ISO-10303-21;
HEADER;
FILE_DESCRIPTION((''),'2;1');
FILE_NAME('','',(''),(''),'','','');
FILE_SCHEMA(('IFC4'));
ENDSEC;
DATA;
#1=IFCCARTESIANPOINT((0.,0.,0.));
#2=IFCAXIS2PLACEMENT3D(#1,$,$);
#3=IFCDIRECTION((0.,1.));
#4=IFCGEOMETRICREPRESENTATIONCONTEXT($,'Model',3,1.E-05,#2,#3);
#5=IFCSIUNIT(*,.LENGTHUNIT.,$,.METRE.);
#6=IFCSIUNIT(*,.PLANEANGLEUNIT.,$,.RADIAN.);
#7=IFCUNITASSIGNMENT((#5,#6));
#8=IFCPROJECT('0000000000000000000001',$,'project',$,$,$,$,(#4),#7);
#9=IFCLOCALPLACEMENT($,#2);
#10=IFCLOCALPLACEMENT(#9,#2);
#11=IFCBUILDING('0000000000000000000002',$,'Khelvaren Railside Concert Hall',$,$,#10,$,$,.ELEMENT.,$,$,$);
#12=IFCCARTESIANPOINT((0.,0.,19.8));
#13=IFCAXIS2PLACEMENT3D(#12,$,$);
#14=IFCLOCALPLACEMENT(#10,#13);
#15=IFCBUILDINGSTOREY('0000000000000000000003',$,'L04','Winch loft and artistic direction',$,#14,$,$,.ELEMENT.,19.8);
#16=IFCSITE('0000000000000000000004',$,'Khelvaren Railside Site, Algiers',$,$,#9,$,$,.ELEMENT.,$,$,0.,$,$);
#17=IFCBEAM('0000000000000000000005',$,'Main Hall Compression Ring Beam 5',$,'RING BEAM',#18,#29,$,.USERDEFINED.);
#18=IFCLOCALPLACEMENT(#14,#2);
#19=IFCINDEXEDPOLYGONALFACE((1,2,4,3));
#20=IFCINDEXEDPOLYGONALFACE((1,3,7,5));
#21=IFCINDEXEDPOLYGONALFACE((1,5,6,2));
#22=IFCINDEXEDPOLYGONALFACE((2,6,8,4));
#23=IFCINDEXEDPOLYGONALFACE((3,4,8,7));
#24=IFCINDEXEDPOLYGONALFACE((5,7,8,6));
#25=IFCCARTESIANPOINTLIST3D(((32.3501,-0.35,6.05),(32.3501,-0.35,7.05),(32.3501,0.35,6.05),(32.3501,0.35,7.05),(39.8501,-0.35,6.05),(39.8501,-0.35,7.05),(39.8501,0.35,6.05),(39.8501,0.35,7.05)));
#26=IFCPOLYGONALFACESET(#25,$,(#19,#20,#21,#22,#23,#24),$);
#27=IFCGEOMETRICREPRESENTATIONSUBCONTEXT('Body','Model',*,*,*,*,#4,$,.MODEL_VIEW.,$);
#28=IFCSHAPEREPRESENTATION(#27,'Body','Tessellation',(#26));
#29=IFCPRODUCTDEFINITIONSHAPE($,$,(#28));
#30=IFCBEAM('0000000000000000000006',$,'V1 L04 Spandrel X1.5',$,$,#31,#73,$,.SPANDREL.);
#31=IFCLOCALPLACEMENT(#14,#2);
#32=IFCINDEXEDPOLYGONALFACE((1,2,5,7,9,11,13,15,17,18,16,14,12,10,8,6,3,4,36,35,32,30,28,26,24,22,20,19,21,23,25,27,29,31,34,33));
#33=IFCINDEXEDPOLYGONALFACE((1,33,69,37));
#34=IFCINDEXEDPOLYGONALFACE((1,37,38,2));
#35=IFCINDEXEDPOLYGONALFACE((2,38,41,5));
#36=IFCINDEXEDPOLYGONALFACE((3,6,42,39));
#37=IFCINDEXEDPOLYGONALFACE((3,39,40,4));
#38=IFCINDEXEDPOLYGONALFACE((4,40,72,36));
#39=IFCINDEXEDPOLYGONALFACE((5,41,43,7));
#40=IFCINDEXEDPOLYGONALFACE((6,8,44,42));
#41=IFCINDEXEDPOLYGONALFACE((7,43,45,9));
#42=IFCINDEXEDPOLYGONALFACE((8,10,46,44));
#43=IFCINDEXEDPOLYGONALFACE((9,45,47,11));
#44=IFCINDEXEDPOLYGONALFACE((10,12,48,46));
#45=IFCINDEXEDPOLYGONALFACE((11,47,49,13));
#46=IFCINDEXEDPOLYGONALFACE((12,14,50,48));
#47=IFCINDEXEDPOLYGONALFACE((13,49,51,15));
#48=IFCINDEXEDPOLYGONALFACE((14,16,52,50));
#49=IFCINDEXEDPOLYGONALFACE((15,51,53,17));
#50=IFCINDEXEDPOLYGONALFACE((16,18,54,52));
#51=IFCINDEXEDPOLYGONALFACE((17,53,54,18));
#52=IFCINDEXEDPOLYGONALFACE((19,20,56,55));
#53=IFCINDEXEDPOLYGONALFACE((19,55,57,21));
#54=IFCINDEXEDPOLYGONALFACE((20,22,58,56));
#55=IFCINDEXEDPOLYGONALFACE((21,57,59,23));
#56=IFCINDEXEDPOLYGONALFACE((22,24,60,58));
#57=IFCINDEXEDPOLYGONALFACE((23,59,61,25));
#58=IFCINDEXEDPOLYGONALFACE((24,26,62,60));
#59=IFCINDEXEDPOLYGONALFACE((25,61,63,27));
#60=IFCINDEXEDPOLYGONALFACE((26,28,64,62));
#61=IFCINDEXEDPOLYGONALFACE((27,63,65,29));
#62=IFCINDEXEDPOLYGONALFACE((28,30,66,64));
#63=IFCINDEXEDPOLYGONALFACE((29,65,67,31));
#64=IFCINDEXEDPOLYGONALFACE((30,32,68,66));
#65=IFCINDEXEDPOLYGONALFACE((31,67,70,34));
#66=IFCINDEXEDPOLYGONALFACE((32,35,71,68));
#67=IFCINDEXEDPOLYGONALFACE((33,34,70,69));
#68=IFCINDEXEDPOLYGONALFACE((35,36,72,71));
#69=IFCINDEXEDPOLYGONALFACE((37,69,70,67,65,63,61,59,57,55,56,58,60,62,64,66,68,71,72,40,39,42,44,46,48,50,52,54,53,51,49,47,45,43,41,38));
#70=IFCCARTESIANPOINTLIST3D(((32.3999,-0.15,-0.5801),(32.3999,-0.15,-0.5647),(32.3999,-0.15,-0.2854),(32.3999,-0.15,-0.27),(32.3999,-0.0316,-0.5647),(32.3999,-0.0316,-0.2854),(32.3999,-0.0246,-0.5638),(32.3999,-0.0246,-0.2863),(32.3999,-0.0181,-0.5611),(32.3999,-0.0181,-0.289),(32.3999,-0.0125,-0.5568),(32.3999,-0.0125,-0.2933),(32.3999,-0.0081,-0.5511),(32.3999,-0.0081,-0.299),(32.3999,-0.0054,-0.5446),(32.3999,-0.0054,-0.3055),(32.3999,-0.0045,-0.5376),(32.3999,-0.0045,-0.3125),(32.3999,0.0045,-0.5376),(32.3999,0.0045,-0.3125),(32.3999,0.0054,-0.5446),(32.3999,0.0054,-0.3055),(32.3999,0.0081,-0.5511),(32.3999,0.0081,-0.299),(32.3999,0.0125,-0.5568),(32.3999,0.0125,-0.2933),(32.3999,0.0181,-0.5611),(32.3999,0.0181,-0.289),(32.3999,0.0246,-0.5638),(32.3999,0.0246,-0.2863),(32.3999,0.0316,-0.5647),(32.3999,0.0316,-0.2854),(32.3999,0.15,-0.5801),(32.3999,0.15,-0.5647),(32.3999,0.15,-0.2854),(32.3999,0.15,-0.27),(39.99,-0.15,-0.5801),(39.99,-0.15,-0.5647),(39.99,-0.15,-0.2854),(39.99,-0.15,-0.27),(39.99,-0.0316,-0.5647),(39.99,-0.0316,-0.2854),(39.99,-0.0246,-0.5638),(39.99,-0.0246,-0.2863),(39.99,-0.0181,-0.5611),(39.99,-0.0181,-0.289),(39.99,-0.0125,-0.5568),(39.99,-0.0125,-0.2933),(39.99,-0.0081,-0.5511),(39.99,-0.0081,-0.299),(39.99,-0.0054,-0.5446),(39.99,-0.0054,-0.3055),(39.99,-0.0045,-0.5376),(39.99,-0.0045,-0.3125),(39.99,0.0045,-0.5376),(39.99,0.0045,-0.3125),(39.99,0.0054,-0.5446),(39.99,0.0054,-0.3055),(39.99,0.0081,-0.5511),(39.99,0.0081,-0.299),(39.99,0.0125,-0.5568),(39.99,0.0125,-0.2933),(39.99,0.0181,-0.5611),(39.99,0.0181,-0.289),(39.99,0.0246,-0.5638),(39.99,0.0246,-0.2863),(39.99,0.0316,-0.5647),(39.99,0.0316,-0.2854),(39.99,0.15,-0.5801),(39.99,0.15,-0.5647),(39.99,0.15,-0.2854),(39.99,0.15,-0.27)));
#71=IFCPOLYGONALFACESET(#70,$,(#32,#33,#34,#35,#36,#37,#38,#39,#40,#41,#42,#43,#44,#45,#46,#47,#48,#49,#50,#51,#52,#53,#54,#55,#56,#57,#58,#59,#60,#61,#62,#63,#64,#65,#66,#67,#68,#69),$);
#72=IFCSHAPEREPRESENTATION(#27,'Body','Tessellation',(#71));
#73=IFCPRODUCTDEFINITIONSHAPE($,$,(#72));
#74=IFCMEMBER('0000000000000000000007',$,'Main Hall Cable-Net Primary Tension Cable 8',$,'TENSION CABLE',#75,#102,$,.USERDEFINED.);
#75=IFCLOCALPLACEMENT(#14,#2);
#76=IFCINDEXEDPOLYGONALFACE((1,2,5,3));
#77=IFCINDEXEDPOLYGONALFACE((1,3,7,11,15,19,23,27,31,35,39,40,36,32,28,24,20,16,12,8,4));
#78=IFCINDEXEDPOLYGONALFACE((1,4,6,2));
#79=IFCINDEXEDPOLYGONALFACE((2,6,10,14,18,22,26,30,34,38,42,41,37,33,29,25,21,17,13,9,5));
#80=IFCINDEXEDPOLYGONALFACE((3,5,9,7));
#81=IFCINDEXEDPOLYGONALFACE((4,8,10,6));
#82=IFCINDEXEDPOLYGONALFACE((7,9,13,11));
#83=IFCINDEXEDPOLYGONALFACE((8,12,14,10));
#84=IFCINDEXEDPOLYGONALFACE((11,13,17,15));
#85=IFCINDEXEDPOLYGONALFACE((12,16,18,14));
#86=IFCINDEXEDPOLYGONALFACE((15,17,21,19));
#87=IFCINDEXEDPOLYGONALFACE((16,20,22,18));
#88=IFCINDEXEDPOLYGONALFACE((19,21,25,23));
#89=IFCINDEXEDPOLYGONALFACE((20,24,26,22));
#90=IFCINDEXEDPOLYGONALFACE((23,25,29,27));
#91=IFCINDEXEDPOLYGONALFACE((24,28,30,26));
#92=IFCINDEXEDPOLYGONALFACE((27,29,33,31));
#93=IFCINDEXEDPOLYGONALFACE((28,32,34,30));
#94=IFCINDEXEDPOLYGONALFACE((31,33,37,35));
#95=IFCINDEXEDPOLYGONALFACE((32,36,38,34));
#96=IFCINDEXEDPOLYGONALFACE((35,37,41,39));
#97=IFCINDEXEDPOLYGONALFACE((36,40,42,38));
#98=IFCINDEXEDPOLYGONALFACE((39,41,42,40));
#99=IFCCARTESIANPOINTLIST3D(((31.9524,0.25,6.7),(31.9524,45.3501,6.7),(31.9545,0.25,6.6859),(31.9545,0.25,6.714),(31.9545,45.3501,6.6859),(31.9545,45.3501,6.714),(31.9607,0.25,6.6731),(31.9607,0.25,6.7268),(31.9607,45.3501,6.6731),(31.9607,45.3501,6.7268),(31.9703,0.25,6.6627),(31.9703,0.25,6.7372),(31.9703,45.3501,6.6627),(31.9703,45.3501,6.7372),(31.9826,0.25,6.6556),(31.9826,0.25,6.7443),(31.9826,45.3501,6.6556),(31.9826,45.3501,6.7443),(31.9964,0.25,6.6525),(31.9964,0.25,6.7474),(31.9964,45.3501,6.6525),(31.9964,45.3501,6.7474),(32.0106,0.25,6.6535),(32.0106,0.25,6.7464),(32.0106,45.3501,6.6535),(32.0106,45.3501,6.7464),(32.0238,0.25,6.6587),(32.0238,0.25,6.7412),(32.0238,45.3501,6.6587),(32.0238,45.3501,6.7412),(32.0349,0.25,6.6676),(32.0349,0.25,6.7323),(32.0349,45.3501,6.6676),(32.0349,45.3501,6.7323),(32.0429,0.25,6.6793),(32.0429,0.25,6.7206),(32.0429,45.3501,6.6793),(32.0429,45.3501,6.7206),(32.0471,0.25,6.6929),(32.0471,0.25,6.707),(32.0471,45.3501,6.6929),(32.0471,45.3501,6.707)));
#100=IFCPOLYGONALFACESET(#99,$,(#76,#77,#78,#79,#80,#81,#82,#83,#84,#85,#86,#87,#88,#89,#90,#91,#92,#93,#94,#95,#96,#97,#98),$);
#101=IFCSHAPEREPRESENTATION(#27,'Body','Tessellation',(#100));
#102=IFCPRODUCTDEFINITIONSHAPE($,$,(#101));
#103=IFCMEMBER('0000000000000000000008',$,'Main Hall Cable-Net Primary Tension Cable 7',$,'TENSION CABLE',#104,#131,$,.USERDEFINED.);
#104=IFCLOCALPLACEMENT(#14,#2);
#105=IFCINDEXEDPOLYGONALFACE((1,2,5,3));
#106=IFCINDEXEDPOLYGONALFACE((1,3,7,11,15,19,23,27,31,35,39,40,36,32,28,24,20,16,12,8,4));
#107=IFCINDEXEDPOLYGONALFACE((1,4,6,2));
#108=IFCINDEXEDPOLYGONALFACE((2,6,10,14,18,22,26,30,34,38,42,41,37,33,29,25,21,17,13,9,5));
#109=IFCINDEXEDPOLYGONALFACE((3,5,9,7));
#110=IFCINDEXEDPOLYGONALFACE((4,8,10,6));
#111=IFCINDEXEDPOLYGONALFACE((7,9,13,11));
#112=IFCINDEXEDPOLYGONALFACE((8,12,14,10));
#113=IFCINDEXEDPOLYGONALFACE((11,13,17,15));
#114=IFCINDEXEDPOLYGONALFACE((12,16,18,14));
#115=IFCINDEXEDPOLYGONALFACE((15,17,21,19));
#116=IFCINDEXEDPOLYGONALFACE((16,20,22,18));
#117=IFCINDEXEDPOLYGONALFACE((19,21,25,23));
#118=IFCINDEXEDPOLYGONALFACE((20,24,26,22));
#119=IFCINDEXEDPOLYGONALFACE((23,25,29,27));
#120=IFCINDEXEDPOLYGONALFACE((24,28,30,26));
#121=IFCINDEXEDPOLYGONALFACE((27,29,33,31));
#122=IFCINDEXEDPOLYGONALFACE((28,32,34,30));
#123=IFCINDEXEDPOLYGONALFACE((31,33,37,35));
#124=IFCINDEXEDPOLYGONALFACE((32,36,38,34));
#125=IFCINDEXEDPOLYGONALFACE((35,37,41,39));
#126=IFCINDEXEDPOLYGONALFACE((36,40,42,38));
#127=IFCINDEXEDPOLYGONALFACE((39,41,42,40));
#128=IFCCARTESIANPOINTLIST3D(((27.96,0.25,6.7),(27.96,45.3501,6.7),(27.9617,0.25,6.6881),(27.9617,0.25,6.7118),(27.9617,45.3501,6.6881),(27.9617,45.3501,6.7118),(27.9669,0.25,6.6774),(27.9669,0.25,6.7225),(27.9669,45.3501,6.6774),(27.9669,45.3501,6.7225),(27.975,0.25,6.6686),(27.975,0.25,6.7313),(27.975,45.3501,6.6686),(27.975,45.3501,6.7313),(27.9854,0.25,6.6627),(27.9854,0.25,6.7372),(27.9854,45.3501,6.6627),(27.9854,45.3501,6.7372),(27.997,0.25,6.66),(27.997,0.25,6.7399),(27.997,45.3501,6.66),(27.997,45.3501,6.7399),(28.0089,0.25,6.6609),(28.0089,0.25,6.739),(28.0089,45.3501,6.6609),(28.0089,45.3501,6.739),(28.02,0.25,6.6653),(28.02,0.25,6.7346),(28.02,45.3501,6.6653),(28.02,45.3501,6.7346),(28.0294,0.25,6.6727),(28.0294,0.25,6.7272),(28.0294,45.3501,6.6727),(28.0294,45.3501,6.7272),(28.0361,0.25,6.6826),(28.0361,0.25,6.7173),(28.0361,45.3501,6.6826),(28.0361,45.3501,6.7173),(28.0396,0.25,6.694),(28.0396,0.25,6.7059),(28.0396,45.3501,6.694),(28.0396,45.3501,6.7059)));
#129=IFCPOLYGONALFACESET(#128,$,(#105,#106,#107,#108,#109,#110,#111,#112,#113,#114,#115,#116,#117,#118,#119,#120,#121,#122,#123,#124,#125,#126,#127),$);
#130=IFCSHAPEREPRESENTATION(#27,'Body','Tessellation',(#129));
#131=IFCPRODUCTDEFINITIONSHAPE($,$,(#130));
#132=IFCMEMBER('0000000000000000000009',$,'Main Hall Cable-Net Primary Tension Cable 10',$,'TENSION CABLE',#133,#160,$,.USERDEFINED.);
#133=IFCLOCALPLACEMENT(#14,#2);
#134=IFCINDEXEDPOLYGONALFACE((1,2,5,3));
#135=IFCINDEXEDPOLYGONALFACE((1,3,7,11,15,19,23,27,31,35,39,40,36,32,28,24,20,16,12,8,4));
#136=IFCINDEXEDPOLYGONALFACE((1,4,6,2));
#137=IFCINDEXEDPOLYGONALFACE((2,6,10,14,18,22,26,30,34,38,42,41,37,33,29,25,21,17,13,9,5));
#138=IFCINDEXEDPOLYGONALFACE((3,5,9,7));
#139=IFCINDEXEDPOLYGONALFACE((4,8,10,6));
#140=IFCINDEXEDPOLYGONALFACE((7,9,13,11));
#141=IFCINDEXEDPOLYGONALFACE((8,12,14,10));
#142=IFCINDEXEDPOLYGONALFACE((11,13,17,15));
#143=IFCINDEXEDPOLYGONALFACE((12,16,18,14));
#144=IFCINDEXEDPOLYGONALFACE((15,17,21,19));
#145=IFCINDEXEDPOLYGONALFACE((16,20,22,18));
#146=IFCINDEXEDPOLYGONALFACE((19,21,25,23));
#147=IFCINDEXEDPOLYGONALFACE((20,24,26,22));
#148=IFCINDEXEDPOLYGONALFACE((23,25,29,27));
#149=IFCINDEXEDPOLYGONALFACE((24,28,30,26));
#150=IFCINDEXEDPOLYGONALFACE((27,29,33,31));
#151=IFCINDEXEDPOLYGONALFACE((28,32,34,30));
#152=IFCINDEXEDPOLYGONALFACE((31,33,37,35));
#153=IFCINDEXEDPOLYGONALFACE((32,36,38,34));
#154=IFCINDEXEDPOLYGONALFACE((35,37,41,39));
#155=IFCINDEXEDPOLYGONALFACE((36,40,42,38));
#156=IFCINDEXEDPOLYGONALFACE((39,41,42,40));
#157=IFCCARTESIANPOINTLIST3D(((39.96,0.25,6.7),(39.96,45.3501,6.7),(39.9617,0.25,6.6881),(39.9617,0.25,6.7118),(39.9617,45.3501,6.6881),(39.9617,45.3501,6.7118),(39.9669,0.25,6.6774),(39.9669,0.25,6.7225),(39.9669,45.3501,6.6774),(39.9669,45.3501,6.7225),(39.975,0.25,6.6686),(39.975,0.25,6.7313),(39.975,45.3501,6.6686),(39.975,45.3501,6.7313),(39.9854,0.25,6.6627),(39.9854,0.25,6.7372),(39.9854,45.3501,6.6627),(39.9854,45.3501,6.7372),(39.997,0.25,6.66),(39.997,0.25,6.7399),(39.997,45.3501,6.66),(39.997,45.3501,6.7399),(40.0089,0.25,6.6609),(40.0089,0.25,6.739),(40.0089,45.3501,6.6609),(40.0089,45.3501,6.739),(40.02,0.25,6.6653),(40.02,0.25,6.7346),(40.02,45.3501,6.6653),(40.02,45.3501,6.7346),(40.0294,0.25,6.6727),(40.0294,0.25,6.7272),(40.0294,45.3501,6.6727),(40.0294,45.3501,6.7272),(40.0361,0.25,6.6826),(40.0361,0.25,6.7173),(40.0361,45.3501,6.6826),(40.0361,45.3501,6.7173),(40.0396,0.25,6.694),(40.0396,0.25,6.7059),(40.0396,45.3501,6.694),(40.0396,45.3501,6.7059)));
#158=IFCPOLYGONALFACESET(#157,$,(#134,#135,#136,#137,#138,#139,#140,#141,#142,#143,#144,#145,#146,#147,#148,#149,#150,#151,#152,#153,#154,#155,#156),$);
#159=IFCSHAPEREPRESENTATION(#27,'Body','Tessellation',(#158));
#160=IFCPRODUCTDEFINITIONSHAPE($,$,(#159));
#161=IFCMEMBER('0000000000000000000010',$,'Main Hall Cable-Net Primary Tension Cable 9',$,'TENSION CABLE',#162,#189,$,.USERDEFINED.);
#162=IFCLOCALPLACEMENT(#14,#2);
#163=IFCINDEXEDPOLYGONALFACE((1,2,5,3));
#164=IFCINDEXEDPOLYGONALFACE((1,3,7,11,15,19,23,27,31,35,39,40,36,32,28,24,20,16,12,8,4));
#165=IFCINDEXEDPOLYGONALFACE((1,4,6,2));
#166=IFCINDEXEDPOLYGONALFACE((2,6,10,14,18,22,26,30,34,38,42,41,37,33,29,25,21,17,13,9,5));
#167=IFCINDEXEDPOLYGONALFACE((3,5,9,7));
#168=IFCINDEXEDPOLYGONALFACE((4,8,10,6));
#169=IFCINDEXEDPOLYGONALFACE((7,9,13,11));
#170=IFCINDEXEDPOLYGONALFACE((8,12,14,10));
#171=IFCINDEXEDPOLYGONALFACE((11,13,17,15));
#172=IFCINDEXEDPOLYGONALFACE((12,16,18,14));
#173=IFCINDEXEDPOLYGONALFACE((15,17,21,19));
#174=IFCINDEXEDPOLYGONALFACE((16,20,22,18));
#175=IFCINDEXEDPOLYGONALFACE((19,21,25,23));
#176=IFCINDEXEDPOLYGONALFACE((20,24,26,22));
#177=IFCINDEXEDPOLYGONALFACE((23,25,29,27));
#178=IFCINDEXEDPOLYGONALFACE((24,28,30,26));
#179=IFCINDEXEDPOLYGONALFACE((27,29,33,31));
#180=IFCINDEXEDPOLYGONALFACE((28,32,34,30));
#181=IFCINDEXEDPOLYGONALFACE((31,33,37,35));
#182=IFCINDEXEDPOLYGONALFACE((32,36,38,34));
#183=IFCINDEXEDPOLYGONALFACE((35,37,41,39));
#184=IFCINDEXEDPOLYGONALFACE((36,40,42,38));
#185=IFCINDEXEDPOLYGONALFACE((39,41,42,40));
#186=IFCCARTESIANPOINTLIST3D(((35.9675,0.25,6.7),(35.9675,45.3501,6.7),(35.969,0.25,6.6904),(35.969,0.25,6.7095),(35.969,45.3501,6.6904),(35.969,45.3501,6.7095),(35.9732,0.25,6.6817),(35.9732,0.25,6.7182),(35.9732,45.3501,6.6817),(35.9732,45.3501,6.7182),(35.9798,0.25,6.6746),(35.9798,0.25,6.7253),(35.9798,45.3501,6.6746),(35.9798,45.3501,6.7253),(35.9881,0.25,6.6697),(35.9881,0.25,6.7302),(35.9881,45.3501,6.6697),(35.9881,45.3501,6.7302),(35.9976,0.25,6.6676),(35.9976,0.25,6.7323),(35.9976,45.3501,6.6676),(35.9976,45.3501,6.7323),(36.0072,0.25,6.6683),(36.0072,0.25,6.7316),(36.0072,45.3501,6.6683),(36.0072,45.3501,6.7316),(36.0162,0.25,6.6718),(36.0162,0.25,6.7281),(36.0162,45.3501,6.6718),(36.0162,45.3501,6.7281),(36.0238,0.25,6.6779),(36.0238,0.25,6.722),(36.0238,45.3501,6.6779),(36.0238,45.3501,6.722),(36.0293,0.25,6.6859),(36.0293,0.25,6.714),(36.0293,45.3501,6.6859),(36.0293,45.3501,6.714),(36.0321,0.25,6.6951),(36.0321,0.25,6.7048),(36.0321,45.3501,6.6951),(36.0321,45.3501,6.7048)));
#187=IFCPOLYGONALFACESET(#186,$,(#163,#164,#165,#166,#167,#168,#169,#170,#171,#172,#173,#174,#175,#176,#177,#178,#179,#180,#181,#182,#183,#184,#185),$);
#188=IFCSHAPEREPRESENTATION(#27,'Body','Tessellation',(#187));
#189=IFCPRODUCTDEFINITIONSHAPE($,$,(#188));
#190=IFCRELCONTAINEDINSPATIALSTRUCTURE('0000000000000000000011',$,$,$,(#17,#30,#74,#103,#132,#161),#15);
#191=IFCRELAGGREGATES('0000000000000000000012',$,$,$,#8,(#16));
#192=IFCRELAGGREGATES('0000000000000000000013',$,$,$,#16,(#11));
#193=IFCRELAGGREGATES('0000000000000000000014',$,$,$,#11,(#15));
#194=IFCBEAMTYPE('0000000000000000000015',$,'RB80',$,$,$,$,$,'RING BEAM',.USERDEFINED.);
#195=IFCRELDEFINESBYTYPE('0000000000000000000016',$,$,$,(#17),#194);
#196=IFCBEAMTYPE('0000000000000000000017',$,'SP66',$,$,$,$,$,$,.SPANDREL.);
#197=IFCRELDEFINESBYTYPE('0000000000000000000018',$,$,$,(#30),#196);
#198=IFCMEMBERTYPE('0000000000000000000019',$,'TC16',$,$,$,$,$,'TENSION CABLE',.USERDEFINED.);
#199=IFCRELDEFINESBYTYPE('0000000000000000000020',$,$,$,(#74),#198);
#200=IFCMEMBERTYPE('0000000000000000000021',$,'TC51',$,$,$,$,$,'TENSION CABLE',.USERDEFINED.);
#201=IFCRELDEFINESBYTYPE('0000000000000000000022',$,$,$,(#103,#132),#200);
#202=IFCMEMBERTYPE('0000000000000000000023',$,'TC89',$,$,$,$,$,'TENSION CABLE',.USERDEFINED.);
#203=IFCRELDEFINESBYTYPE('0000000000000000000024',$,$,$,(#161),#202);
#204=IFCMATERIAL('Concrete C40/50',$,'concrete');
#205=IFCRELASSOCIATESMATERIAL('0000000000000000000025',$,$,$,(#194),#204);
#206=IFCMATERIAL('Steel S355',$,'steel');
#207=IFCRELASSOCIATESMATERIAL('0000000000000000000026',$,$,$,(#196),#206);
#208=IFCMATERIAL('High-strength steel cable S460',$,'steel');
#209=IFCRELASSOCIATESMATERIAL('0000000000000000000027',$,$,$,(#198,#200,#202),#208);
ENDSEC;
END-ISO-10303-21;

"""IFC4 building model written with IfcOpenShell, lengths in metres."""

from ifc_helpers import new_model, si_unit, direction, frame, origin, origin_2d, place, context, subcontext, project, spatial, rectangle, circle, i_section, extrude, material, material_profile, profile_set, type_object, element, save


model = new_model("IFC4")

# Units and contexts
model_context = context("Model", 3, precision=1e-05, world=origin(), true_north=direction((0.0, 1.0)))
body_context = subcontext(model_context, "Body", "Model", "MODEL_VIEW")
ifc_project = project(units=[si_unit("LENGTHUNIT", "METRE"), si_unit("PLANEANGLEUNIT", "RADIAN")], contexts=[model_context])

# Site, building, storey
site_placement = place(None, origin())
site = spatial("IfcSite", under=ifc_project, at=site_placement, Name="Khelvaren Railside Site, Algiers", CompositionType="ELEMENT", RefElevation=0.0)
building_placement = place(site_placement, origin())
building = spatial("IfcBuilding", under=site, at=building_placement, Name="Khelvaren Railside Concert Hall", CompositionType="ELEMENT")
storey_placement = place(building_placement, frame((0.0, 0.0, 19.8)))
storey = spatial("IfcBuildingStorey", under=building, at=storey_placement, Name="L04", Description="Winch loft and artistic direction", CompositionType="ELEMENT", Elevation=19.8)

# Shared definitions
ifc_material_1 = material(Name="Steel S355", Category="steel")

# Beams
ifc_material_2 = material(Name="Concrete C40/50", Category="concrete")
ifc_material_profile_1 = material_profile(ifc_material_2, rectangle(XDim=0.7, YDim=1.0, at=origin_2d()), Name="RCB 700x1000")
ifc_profile_set_1 = profile_set([ifc_material_profile_1], Name="Concrete C40/50")
beam_type_1 = type_object("IfcBeamType", Name="RB80", ElementType="RING BEAM", PredefinedType="USERDEFINED", material=ifc_profile_set_1)
beam_1_placement = place(storey_placement, frame((32.3501, 0.0, 6.55), z_axis=(1.0, 0.0, 0.0), x_axis=(0.0, 1.0, 0.0)))
element("IfcBeam", 1, at=beam_1_placement, inside=storey, type_object=beam_type_1, Name="Main Hall Compression Ring Beam 5", ObjectType="RING BEAM", PredefinedType="USERDEFINED", context=body_context, shape_type="SweptSolid", body=[
    extrude(rectangle(XDim=0.7, YDim=1.0, at=origin_2d()), origin(), (0.0, 0.0, 1.0), 7.5),
])
ifc_material_profile_2 = material_profile(ifc_material_1, i_section(OverallWidth=0.3, OverallDepth=0.3101, WebThickness=0.009, FlangeThickness=0.0154, FilletRadius=0.0271, at=origin_2d()), Name="HEA 320")
ifc_profile_set_2 = profile_set([ifc_material_profile_2], Name="Steel S355")
beam_type_2 = type_object("IfcBeamType", Name="SP66", PredefinedType="SPANDREL", material=ifc_profile_set_2)
beam_2_placement = place(storey_placement, frame((32.3999, 0.0, -0.425), z_axis=(1.0, 0.0, 0.0), x_axis=(0.0, 1.0, 0.0)))
element("IfcBeam", 2, at=beam_2_placement, inside=storey, type_object=beam_type_2, Name="V1 L04 Spandrel X1.5", PredefinedType="SPANDREL", context=body_context, shape_type="SweptSolid", body=[
    extrude(i_section(OverallWidth=0.3, OverallDepth=0.3101, WebThickness=0.009, FlangeThickness=0.0154, FilletRadius=0.0271, at=origin_2d()), origin(), (0.0, 0.0, 1.0), 7.5901),
])

# Members
ifc_material_3 = material(Name="High-strength steel cable S460", Category="steel")
ifc_material_profile_3 = material_profile(ifc_material_3, circle(Radius=0.0476, at=origin_2d()), Name="LCB D95")
ifc_profile_set_3 = profile_set([ifc_material_profile_3], Name="High-strength steel cable S460")
member_type_1 = type_object("IfcMemberType", Name="TC16", ElementType="TENSION CABLE", PredefinedType="USERDEFINED", material=ifc_profile_set_3)
member_1_placement = place(storey_placement, frame((32.0, 0.25, 6.7), z_axis=(0.0, 1.0, 0.0), x_axis=(-1.0, 0.0, 0.0)))
element("IfcMember", 3, at=member_1_placement, inside=storey, type_object=member_type_1, Name="Main Hall Cable-Net Primary Tension Cable 8", ObjectType="TENSION CABLE", PredefinedType="USERDEFINED", context=body_context, shape_type="SweptSolid", body=[
    extrude(circle(Radius=0.0476, at=origin_2d()), origin(), (0.0, 0.0, 1.0), 45.1001),
])
ifc_material_profile_4 = material_profile(ifc_material_3, circle(Radius=0.04, at=origin_2d()), Name="LCB D80")
ifc_profile_set_4 = profile_set([ifc_material_profile_4], Name="High-strength steel cable S460")
member_type_2 = type_object("IfcMemberType", Name="TC51", ElementType="TENSION CABLE", PredefinedType="USERDEFINED", material=ifc_profile_set_4)
for number, where, z_axis, x_axis, name in (
    (4, (28.0, 0.25, 6.7), (0.0, 1.0, 0.0), (-1.0, 0.0, 0.0), "Main Hall Cable-Net Primary Tension Cable 7"),
    (5, (40.0, 0.25, 6.7), (0.0, 1.0, 0.0), (-1.0, 0.0, 0.0), "Main Hall Cable-Net Primary Tension Cable 10"),
):
    element("IfcMember", number, at=place(storey_placement, frame(where, z_axis=z_axis, x_axis=x_axis)), inside=storey, type_object=member_type_2, Name=name, ObjectType="TENSION CABLE", PredefinedType="USERDEFINED", context=body_context, shape_type="SweptSolid", body=[
        extrude(circle(Radius=0.04, at=origin_2d()), origin(), (0.0, 0.0, 1.0), 45.1001),
    ])
ifc_material_profile_5 = material_profile(ifc_material_3, circle(Radius=0.0325, at=origin_2d()), Name="LCB D65")
ifc_profile_set_5 = profile_set([ifc_material_profile_5], Name="High-strength steel cable S460")
member_type_3 = type_object("IfcMemberType", Name="TC89", ElementType="TENSION CABLE", PredefinedType="USERDEFINED", material=ifc_profile_set_5)
member_2_placement = place(storey_placement, frame((36.0, 0.25, 6.7), z_axis=(0.0, 1.0, 0.0), x_axis=(-1.0, 0.0, 0.0)))
element("IfcMember", 6, at=member_2_placement, inside=storey, type_object=member_type_3, Name="Main Hall Cable-Net Primary Tension Cable 9", ObjectType="TENSION CABLE", PredefinedType="USERDEFINED", context=body_context, shape_type="SweptSolid", body=[
    extrude(circle(Radius=0.0325, at=origin_2d()), origin(), (0.0, 0.0, 1.0), 45.1001),
])

save(model, "model.ifc")
